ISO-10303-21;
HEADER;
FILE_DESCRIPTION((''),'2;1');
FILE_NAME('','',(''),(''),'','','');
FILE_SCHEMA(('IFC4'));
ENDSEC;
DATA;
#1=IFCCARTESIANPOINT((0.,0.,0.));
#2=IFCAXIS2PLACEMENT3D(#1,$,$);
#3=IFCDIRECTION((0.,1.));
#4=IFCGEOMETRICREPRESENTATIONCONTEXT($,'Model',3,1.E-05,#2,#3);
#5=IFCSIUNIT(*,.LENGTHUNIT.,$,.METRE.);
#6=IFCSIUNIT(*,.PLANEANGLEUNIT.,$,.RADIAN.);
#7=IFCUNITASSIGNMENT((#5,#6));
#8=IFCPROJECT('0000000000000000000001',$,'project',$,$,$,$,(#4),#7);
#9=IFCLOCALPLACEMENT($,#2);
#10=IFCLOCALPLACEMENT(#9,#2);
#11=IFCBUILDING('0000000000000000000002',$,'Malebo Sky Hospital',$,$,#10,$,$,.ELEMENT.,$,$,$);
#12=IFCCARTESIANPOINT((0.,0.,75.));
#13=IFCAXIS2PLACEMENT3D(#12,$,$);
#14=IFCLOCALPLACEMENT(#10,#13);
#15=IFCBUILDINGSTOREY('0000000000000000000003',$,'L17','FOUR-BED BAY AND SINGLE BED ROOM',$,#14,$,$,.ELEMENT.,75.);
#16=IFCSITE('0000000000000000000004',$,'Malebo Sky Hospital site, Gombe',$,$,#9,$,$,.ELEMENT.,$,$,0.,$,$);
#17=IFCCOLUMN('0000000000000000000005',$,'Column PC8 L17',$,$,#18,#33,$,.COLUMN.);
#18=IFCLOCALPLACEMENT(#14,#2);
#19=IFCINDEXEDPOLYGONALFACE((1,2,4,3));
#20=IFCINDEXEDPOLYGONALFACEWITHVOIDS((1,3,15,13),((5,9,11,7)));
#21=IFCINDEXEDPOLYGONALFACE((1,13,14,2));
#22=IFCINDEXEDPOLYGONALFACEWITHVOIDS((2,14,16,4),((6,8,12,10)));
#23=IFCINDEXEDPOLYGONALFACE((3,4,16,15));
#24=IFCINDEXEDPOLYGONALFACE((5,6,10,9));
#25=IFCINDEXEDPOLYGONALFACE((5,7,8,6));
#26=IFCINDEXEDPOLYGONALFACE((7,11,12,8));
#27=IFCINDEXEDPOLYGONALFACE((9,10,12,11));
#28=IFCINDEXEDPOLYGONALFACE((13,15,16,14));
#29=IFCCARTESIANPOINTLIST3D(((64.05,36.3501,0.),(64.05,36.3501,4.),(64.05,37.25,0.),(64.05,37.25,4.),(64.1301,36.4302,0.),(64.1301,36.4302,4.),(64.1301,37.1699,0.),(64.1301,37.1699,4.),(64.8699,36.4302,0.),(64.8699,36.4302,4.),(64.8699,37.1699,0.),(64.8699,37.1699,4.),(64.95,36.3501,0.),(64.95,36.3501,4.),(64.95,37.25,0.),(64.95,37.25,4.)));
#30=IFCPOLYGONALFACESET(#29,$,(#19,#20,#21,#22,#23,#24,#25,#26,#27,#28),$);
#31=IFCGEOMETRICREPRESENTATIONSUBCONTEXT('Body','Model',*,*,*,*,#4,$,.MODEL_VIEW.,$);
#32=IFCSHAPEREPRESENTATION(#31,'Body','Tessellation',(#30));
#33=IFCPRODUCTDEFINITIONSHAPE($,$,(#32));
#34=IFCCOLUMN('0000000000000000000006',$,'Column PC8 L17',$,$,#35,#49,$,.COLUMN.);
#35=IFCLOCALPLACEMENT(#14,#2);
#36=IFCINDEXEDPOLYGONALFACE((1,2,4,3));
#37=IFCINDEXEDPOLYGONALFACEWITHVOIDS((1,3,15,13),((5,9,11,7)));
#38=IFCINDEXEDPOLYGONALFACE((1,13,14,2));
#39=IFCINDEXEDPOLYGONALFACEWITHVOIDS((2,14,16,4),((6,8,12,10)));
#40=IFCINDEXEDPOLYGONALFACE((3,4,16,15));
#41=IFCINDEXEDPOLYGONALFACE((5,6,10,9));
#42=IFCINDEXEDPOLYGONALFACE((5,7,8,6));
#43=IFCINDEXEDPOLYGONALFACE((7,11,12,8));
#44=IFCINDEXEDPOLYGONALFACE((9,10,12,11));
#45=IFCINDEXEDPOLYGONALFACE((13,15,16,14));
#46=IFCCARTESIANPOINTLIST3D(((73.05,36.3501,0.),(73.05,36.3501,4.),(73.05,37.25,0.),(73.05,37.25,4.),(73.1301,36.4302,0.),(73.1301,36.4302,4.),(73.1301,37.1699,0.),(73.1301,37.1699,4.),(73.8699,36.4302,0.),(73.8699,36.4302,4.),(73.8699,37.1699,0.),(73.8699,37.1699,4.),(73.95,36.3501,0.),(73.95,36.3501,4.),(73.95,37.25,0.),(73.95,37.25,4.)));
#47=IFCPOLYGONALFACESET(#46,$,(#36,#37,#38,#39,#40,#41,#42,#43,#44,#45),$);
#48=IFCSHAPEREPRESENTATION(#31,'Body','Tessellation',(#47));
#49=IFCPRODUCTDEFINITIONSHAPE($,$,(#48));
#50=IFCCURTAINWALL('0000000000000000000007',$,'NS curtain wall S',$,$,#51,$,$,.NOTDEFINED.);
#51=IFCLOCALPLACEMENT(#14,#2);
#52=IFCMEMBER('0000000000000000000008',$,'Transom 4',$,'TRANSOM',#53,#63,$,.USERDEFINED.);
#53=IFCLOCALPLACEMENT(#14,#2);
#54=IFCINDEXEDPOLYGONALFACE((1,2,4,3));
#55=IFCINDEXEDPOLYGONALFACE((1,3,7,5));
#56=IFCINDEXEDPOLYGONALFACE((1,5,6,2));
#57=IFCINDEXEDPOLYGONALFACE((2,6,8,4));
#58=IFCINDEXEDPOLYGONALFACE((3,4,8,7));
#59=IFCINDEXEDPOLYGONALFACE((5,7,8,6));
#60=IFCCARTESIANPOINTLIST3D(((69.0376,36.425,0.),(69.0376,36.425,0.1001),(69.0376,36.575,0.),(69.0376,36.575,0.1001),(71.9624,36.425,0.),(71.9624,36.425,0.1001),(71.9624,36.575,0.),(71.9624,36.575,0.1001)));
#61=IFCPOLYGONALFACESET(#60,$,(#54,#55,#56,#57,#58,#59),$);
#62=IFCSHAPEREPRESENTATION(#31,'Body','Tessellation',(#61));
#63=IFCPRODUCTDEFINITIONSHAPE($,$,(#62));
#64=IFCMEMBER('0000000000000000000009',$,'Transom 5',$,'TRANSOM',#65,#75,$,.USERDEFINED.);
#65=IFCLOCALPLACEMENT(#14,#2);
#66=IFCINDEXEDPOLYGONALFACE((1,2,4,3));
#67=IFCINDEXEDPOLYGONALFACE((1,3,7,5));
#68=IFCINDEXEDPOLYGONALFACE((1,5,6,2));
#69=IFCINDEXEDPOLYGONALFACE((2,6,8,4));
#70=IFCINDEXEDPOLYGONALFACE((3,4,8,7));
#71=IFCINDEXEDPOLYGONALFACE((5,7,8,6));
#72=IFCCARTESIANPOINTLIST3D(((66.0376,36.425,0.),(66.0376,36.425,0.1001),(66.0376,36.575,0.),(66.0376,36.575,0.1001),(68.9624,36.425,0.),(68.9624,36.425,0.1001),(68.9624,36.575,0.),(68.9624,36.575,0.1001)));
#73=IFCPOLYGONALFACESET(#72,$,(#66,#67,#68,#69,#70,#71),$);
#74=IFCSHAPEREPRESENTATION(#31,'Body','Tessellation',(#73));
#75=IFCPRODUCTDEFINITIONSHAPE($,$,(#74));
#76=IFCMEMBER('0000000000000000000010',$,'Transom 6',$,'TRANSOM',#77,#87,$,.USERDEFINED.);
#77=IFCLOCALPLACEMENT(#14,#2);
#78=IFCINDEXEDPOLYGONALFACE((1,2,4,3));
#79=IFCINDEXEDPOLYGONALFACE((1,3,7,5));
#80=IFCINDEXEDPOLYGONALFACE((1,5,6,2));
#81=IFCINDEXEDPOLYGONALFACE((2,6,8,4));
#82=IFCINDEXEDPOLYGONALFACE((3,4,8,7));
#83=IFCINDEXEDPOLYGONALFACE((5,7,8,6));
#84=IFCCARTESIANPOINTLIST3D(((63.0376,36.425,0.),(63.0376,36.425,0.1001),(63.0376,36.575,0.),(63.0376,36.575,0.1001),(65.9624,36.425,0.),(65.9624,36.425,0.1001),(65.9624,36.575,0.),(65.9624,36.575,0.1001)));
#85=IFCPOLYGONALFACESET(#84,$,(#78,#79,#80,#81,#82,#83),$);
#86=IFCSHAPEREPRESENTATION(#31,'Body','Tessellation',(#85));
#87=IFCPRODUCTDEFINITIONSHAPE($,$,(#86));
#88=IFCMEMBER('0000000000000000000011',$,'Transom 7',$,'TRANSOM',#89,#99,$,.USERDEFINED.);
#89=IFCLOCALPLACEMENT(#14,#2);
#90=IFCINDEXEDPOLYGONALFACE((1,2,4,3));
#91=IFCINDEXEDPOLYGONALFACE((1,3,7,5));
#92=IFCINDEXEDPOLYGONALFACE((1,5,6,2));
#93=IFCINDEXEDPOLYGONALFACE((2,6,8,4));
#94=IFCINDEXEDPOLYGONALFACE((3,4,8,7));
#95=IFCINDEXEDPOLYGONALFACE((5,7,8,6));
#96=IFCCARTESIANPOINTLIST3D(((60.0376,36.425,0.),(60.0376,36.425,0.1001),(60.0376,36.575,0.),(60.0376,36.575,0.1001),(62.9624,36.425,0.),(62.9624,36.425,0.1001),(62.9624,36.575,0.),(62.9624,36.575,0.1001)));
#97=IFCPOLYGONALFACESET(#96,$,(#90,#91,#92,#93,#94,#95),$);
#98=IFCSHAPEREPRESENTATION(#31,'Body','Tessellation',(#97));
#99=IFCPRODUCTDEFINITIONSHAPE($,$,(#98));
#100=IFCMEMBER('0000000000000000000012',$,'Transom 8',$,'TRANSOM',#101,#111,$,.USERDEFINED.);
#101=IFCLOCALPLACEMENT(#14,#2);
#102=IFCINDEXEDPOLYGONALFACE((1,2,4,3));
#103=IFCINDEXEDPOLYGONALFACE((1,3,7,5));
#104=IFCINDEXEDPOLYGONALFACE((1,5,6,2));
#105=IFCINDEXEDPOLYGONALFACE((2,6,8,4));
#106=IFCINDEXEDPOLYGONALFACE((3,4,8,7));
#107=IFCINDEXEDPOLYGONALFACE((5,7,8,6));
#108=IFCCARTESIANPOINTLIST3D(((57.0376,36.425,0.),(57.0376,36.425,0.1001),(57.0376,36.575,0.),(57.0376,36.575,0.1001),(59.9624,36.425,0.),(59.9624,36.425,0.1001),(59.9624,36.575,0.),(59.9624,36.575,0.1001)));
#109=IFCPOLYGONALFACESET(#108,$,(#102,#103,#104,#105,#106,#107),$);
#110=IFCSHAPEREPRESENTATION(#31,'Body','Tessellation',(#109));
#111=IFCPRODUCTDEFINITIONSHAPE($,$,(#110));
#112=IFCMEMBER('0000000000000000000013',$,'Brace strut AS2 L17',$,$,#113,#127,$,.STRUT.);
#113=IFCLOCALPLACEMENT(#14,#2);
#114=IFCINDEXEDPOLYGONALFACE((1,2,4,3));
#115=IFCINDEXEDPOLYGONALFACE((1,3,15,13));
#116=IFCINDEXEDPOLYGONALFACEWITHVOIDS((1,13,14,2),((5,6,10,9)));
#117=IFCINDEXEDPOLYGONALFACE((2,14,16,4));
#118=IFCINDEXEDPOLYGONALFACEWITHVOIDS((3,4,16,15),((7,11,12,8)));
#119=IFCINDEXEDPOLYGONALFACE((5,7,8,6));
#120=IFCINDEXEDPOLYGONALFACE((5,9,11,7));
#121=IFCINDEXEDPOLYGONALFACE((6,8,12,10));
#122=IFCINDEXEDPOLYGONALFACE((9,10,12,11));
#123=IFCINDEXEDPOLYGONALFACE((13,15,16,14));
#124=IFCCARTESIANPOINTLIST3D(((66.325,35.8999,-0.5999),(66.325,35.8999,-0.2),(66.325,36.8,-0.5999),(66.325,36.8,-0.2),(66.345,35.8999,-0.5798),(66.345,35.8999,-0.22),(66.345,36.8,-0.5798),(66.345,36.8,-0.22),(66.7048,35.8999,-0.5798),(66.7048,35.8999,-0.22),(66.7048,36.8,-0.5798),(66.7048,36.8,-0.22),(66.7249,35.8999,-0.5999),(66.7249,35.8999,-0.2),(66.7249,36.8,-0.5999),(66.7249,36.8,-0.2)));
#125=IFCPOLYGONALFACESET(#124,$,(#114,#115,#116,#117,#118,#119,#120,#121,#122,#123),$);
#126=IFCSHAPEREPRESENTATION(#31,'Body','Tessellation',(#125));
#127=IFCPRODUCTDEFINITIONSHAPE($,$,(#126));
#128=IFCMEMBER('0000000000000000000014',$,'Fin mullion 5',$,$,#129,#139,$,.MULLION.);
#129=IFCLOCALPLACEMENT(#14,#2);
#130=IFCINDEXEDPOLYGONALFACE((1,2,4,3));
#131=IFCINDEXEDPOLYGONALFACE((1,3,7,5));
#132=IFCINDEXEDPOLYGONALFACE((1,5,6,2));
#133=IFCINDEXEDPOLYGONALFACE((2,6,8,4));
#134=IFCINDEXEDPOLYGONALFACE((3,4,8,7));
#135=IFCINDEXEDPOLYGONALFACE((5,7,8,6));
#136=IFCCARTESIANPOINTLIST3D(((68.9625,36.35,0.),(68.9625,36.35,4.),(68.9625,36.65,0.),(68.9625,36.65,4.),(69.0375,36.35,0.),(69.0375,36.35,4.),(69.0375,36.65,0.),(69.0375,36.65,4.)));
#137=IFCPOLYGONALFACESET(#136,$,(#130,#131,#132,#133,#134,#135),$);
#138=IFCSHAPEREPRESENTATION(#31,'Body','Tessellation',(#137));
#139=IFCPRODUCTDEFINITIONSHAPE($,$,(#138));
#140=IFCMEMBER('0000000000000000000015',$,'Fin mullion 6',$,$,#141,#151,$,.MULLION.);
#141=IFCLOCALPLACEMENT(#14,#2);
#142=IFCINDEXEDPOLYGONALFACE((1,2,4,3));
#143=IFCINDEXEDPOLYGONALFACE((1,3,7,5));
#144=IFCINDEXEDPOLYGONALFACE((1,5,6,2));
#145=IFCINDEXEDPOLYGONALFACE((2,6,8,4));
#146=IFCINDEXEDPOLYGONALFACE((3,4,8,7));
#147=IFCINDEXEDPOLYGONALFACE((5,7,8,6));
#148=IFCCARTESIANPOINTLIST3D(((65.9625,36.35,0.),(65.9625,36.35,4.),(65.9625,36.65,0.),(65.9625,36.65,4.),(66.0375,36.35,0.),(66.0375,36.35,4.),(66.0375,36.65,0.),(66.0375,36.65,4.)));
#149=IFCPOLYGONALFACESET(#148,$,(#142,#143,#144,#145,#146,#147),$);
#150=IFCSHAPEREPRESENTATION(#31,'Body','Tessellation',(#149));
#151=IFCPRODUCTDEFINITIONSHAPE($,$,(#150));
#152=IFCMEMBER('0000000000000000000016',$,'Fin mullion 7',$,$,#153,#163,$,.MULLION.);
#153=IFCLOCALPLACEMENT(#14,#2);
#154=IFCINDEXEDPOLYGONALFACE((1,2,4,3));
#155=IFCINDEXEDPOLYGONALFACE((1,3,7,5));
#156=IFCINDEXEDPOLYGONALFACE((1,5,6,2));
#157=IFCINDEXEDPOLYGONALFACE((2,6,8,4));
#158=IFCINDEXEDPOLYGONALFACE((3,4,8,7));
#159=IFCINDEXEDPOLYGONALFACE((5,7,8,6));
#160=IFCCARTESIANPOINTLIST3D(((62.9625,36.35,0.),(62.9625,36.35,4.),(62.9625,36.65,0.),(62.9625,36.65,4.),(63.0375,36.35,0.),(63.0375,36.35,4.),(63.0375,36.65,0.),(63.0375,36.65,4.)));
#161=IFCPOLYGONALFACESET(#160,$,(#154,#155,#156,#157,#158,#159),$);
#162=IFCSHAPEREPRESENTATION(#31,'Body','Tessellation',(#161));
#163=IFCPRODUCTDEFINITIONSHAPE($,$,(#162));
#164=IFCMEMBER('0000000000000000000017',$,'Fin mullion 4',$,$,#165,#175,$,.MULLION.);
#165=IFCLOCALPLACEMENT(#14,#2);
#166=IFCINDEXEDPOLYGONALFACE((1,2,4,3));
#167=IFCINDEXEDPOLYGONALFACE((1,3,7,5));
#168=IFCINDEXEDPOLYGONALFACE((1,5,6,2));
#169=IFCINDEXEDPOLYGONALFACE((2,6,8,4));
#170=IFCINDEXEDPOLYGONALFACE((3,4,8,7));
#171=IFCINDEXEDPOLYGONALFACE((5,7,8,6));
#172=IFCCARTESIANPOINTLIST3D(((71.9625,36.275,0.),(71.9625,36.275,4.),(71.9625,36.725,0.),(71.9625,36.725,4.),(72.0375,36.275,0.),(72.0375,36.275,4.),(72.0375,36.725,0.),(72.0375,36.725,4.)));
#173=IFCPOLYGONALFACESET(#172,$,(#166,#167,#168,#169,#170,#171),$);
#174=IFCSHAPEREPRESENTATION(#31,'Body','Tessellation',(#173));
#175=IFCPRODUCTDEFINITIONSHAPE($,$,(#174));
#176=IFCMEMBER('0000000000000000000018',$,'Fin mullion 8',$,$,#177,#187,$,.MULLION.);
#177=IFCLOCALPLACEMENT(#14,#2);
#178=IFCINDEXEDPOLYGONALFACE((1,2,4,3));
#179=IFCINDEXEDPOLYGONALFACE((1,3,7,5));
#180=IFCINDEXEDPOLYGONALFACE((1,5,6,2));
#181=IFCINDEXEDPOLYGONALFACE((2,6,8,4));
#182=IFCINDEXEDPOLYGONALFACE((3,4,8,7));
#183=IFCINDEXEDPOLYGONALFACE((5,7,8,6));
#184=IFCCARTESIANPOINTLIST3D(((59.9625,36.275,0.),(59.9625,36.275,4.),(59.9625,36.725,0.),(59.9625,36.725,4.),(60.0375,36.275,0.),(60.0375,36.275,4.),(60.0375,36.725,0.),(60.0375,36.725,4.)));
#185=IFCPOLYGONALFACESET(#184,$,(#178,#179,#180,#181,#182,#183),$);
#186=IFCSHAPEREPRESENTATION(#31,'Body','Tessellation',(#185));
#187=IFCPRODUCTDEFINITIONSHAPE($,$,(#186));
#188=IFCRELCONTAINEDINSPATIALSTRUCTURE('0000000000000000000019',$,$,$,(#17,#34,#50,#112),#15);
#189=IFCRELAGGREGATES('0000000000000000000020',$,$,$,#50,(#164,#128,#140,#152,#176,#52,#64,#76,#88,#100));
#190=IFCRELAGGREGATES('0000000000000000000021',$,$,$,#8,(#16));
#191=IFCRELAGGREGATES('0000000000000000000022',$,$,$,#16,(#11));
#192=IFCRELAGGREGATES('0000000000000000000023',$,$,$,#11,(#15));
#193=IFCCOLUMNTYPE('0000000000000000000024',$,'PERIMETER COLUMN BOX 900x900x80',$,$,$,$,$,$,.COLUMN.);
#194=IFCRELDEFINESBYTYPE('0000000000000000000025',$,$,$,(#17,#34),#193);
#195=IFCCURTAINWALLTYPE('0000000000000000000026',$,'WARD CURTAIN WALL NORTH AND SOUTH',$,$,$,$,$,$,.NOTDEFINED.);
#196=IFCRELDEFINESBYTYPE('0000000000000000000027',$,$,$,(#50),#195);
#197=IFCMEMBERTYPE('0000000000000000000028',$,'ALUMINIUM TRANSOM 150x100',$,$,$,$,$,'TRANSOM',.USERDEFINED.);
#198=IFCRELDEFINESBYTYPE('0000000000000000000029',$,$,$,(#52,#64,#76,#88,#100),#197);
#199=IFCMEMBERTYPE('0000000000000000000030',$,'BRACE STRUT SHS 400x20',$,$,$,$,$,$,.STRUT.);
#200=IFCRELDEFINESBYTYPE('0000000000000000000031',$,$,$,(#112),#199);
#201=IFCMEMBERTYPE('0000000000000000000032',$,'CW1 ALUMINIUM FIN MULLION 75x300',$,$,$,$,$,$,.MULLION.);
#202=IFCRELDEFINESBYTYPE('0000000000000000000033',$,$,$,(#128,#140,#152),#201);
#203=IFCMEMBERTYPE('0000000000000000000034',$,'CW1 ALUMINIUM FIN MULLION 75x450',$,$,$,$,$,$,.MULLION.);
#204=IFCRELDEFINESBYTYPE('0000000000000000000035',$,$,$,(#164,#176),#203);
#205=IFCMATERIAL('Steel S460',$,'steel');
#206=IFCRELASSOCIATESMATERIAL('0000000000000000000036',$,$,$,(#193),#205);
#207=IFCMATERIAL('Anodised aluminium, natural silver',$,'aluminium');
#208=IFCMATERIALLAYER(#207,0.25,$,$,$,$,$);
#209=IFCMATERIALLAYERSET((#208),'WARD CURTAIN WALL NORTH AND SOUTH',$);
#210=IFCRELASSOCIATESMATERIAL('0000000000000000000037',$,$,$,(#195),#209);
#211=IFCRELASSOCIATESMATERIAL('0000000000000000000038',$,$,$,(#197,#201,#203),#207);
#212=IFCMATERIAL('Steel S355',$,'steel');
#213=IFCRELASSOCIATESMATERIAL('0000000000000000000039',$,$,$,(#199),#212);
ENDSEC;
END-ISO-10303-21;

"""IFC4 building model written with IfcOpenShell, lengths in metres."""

from ifc_helpers import new_model, si_unit, direction, frame, origin, origin_2d, place, context, subcontext, project, spatial, rectangle, hollow_rectangle, extrude, material, layer, layer_set, material_profile, profile_set, type_object, element, aggregate, save


model = new_model("IFC4")

# Units and contexts
model_context = context("Model", 3, precision=1e-05, world=origin(), true_north=direction((0.0, 1.0)))
body_context = subcontext(model_context, "Body", "Model", "MODEL_VIEW")
ifc_project = project(units=[si_unit("LENGTHUNIT", "METRE"), si_unit("PLANEANGLEUNIT", "RADIAN")], contexts=[model_context])

# Site, building, storey
site_placement = place(None, origin())
site = spatial("IfcSite", under=ifc_project, at=site_placement, Name="Malebo Sky Hospital site, Gombe", CompositionType="ELEMENT", RefElevation=0.0)
building_placement = place(site_placement, origin())
building = spatial("IfcBuilding", under=site, at=building_placement, Name="Malebo Sky Hospital", CompositionType="ELEMENT")
storey_placement = place(building_placement, frame((0.0, 0.0, 75.0)))
storey = spatial("IfcBuildingStorey", under=building, at=storey_placement, Name="L17", Description="FOUR-BED BAY AND SINGLE BED ROOM", CompositionType="ELEMENT", Elevation=75.0)

# Columns
ifc_material_1 = material(Name="Steel S460", Category="steel")
ifc_material_profile_1 = material_profile(ifc_material_1, hollow_rectangle(XDim=0.8999, YDim=0.8999, WallThickness=0.0801, at=origin_2d()), Name="BOX 900x900x80")
ifc_profile_set_1 = profile_set([ifc_material_profile_1], Name="Steel S460")
column_type = type_object("IfcColumnType", Name="PERIMETER COLUMN BOX 900x900x80", PredefinedType="COLUMN", material=ifc_profile_set_1)
for number, where, z_axis, x_axis, name in (
    (1, (64.5, 36.8, 0.0), (0.0, 0.0, 1.0), (1.0, 0.0, 0.0), "Column PC8 L17"),
    (2, (73.5, 36.8, 0.0), (0.0, 0.0, 1.0), (1.0, 0.0, 0.0), "Column PC8 L17"),
):
    element("IfcColumn", number, at=place(storey_placement, frame(where, z_axis=z_axis, x_axis=x_axis)), inside=storey, type_object=column_type, Name=name, PredefinedType="COLUMN", context=body_context, shape_type="SweptSolid", body=[
        extrude(hollow_rectangle(XDim=0.8999, YDim=0.8999, WallThickness=0.0801, at=origin_2d()), origin(), (0.0, 0.0, 1.0), 4.0),
    ])

# Curtain wall, members
ifc_material_2 = material(Name="Anodised aluminium, natural silver", Category="aluminium")
ifc_layer_1 = layer(ifc_material_2, 0.25)
ifc_layer_set_1 = layer_set([ifc_layer_1], Name="WARD CURTAIN WALL NORTH AND SOUTH")
curtain_wall_type = type_object("IfcCurtainWallType", Name="WARD CURTAIN WALL NORTH AND SOUTH", PredefinedType="NOTDEFINED", material=ifc_layer_set_1)
curtain_wall_placement = place(storey_placement, origin())
curtain_wall = element("IfcCurtainWall", 3, at=curtain_wall_placement, inside=storey, type_object=curtain_wall_type, Name="NS curtain wall S", PredefinedType="NOTDEFINED")
ifc_material_profile_2 = material_profile(ifc_material_2, rectangle(XDim=0.1499, YDim=0.1001, at=origin_2d()), Name="ALUMINIUM TRANSOM 150x100")
ifc_profile_set_2 = profile_set([ifc_material_profile_2], Name="Anodised aluminium, natural silver")
member_type_1 = type_object("IfcMemberType", Name="ALUMINIUM TRANSOM 150x100", ElementType="TRANSOM", PredefinedType="USERDEFINED", material=ifc_profile_set_2)
member_1_placement = place(storey_placement, frame((71.9624, 36.5, 0.05), z_axis=(-1.0, 0.0, 0.0), x_axis=(0.0, -1.0, 0.0)))
member_1 = element("IfcMember", 4, at=member_1_placement, type_object=member_type_1, Name="Transom 4", ObjectType="TRANSOM", PredefinedType="USERDEFINED", context=body_context, shape_type="SweptSolid", body=[
    extrude(rectangle(XDim=0.1499, YDim=0.1001, at=origin_2d()), origin(), (0.0, 0.0, 1.0), 2.9248),
])
member_2_placement = place(storey_placement, frame((68.9624, 36.5, 0.05), z_axis=(-1.0, 0.0, 0.0), x_axis=(0.0, -1.0, 0.0)))
member_2 = element("IfcMember", 5, at=member_2_placement, type_object=member_type_1, Name="Transom 5", ObjectType="TRANSOM", PredefinedType="USERDEFINED", context=body_context, shape_type="SweptSolid", body=[
    extrude(rectangle(XDim=0.1499, YDim=0.1001, at=origin_2d()), origin(), (0.0, 0.0, 1.0), 2.9248),
])
member_3_placement = place(storey_placement, frame((65.9624, 36.5, 0.05), z_axis=(-1.0, 0.0, 0.0), x_axis=(0.0, -1.0, 0.0)))
member_3 = element("IfcMember", 6, at=member_3_placement, type_object=member_type_1, Name="Transom 6", ObjectType="TRANSOM", PredefinedType="USERDEFINED", context=body_context, shape_type="SweptSolid", body=[
    extrude(rectangle(XDim=0.1499, YDim=0.1001, at=origin_2d()), origin(), (0.0, 0.0, 1.0), 2.9248),
])
member_4_placement = place(storey_placement, frame((62.9624, 36.5, 0.05), z_axis=(-1.0, 0.0, 0.0), x_axis=(0.0, -1.0, 0.0)))
member_4 = element("IfcMember", 7, at=member_4_placement, type_object=member_type_1, Name="Transom 7", ObjectType="TRANSOM", PredefinedType="USERDEFINED", context=body_context, shape_type="SweptSolid", body=[
    extrude(rectangle(XDim=0.1499, YDim=0.1001, at=origin_2d()), origin(), (0.0, 0.0, 1.0), 2.9248),
])
member_5_placement = place(storey_placement, frame((59.9624, 36.5, 0.05), z_axis=(-1.0, 0.0, 0.0), x_axis=(0.0, -1.0, 0.0)))
member_5 = element("IfcMember", 8, at=member_5_placement, type_object=member_type_1, Name="Transom 8", ObjectType="TRANSOM", PredefinedType="USERDEFINED", context=body_context, shape_type="SweptSolid", body=[
    extrude(rectangle(XDim=0.1499, YDim=0.1001, at=origin_2d()), origin(), (0.0, 0.0, 1.0), 2.9248),
])

# Members
ifc_material_3 = material(Name="Steel S355", Category="steel")
ifc_material_profile_3 = material_profile(ifc_material_3, hollow_rectangle(XDim=0.3999, YDim=0.3999, WallThickness=0.02, at=origin_2d()), Name="SHS 400x20")
ifc_profile_set_3 = profile_set([ifc_material_profile_3], Name="Steel S355")
member_type_2 = type_object("IfcMemberType", Name="BRACE STRUT SHS 400x20", PredefinedType="STRUT", material=ifc_profile_set_3)
member_6_placement = place(storey_placement, frame((66.5249, 35.8999, -0.3999), z_axis=(0.0, 1.0, 0.0), x_axis=(-1.0, 0.0, 0.0)))
element("IfcMember", 9, at=member_6_placement, inside=storey, type_object=member_type_2, Name="Brace strut AS2 L17", PredefinedType="STRUT", context=body_context, shape_type="SweptSolid", body=[
    extrude(hollow_rectangle(XDim=0.3999, YDim=0.3999, WallThickness=0.02, at=origin_2d()), origin(), (0.0, 0.0, 1.0), 0.9001),
])
ifc_material_profile_4 = material_profile(ifc_material_2, rectangle(XDim=0.075, YDim=0.3, at=origin_2d()), Name="CW1 ALUMINIUM FIN MULLION 75x300")
ifc_profile_set_4 = profile_set([ifc_material_profile_4], Name="Anodised aluminium, natural silver")
member_type_3 = type_object("IfcMemberType", Name="CW1 ALUMINIUM FIN MULLION 75x300", PredefinedType="MULLION", material=ifc_profile_set_4)
member_7_placement = place(storey_placement, frame((69.0, 36.5, 0.0), z_axis=(0.0, 0.0, 1.0), x_axis=(-1.0, 0.0, 0.0)))
member_7 = element("IfcMember", 10, at=member_7_placement, type_object=member_type_3, Name="Fin mullion 5", PredefinedType="MULLION", context=body_context, shape_type="SweptSolid", body=[
    extrude(rectangle(XDim=0.075, YDim=0.3, at=origin_2d()), origin(), (0.0, 0.0, 1.0), 4.0),
])
member_8_placement = place(storey_placement, frame((66.0, 36.5, 0.0), z_axis=(0.0, 0.0, 1.0), x_axis=(-1.0, 0.0, 0.0)))
member_8 = element("IfcMember", 11, at=member_8_placement, type_object=member_type_3, Name="Fin mullion 6", PredefinedType="MULLION", context=body_context, shape_type="SweptSolid", body=[
    extrude(rectangle(XDim=0.075, YDim=0.3, at=origin_2d()), origin(), (0.0, 0.0, 1.0), 4.0),
])
member_9_placement = place(storey_placement, frame((63.0, 36.5, 0.0), z_axis=(0.0, 0.0, 1.0), x_axis=(-1.0, 0.0, 0.0)))
member_9 = element("IfcMember", 12, at=member_9_placement, type_object=member_type_3, Name="Fin mullion 7", PredefinedType="MULLION", context=body_context, shape_type="SweptSolid", body=[
    extrude(rectangle(XDim=0.075, YDim=0.3, at=origin_2d()), origin(), (0.0, 0.0, 1.0), 4.0),
])
ifc_material_profile_5 = material_profile(ifc_material_2, rectangle(XDim=0.075, YDim=0.45, at=origin_2d()), Name="CW1 ALUMINIUM FIN MULLION 75x450")
ifc_profile_set_5 = profile_set([ifc_material_profile_5], Name="Anodised aluminium, natural silver")
member_type_4 = type_object("IfcMemberType", Name="CW1 ALUMINIUM FIN MULLION 75x450", PredefinedType="MULLION", material=ifc_profile_set_5)
member_10_placement = place(storey_placement, frame((72.0, 36.5, 0.0), z_axis=(0.0, 0.0, 1.0), x_axis=(-1.0, 0.0, 0.0)))
member_10 = element("IfcMember", 13, at=member_10_placement, type_object=member_type_4, Name="Fin mullion 4", PredefinedType="MULLION", context=body_context, shape_type="SweptSolid", body=[
    extrude(rectangle(XDim=0.075, YDim=0.45, at=origin_2d()), origin(), (0.0, 0.0, 1.0), 4.0),
])
member_11_placement = place(storey_placement, frame((60.0, 36.5, 0.0), z_axis=(0.0, 0.0, 1.0), x_axis=(-1.0, 0.0, 0.0)))
member_11 = element("IfcMember", 14, at=member_11_placement, type_object=member_type_4, Name="Fin mullion 8", PredefinedType="MULLION", context=body_context, shape_type="SweptSolid", body=[
    extrude(rectangle(XDim=0.075, YDim=0.45, at=origin_2d()), origin(), (0.0, 0.0, 1.0), 4.0),
])

aggregate(curtain_wall, [member_10, member_7, member_8, member_9, member_11, member_1, member_2, member_3, member_4, member_5])

save(model, "model.ifc")
